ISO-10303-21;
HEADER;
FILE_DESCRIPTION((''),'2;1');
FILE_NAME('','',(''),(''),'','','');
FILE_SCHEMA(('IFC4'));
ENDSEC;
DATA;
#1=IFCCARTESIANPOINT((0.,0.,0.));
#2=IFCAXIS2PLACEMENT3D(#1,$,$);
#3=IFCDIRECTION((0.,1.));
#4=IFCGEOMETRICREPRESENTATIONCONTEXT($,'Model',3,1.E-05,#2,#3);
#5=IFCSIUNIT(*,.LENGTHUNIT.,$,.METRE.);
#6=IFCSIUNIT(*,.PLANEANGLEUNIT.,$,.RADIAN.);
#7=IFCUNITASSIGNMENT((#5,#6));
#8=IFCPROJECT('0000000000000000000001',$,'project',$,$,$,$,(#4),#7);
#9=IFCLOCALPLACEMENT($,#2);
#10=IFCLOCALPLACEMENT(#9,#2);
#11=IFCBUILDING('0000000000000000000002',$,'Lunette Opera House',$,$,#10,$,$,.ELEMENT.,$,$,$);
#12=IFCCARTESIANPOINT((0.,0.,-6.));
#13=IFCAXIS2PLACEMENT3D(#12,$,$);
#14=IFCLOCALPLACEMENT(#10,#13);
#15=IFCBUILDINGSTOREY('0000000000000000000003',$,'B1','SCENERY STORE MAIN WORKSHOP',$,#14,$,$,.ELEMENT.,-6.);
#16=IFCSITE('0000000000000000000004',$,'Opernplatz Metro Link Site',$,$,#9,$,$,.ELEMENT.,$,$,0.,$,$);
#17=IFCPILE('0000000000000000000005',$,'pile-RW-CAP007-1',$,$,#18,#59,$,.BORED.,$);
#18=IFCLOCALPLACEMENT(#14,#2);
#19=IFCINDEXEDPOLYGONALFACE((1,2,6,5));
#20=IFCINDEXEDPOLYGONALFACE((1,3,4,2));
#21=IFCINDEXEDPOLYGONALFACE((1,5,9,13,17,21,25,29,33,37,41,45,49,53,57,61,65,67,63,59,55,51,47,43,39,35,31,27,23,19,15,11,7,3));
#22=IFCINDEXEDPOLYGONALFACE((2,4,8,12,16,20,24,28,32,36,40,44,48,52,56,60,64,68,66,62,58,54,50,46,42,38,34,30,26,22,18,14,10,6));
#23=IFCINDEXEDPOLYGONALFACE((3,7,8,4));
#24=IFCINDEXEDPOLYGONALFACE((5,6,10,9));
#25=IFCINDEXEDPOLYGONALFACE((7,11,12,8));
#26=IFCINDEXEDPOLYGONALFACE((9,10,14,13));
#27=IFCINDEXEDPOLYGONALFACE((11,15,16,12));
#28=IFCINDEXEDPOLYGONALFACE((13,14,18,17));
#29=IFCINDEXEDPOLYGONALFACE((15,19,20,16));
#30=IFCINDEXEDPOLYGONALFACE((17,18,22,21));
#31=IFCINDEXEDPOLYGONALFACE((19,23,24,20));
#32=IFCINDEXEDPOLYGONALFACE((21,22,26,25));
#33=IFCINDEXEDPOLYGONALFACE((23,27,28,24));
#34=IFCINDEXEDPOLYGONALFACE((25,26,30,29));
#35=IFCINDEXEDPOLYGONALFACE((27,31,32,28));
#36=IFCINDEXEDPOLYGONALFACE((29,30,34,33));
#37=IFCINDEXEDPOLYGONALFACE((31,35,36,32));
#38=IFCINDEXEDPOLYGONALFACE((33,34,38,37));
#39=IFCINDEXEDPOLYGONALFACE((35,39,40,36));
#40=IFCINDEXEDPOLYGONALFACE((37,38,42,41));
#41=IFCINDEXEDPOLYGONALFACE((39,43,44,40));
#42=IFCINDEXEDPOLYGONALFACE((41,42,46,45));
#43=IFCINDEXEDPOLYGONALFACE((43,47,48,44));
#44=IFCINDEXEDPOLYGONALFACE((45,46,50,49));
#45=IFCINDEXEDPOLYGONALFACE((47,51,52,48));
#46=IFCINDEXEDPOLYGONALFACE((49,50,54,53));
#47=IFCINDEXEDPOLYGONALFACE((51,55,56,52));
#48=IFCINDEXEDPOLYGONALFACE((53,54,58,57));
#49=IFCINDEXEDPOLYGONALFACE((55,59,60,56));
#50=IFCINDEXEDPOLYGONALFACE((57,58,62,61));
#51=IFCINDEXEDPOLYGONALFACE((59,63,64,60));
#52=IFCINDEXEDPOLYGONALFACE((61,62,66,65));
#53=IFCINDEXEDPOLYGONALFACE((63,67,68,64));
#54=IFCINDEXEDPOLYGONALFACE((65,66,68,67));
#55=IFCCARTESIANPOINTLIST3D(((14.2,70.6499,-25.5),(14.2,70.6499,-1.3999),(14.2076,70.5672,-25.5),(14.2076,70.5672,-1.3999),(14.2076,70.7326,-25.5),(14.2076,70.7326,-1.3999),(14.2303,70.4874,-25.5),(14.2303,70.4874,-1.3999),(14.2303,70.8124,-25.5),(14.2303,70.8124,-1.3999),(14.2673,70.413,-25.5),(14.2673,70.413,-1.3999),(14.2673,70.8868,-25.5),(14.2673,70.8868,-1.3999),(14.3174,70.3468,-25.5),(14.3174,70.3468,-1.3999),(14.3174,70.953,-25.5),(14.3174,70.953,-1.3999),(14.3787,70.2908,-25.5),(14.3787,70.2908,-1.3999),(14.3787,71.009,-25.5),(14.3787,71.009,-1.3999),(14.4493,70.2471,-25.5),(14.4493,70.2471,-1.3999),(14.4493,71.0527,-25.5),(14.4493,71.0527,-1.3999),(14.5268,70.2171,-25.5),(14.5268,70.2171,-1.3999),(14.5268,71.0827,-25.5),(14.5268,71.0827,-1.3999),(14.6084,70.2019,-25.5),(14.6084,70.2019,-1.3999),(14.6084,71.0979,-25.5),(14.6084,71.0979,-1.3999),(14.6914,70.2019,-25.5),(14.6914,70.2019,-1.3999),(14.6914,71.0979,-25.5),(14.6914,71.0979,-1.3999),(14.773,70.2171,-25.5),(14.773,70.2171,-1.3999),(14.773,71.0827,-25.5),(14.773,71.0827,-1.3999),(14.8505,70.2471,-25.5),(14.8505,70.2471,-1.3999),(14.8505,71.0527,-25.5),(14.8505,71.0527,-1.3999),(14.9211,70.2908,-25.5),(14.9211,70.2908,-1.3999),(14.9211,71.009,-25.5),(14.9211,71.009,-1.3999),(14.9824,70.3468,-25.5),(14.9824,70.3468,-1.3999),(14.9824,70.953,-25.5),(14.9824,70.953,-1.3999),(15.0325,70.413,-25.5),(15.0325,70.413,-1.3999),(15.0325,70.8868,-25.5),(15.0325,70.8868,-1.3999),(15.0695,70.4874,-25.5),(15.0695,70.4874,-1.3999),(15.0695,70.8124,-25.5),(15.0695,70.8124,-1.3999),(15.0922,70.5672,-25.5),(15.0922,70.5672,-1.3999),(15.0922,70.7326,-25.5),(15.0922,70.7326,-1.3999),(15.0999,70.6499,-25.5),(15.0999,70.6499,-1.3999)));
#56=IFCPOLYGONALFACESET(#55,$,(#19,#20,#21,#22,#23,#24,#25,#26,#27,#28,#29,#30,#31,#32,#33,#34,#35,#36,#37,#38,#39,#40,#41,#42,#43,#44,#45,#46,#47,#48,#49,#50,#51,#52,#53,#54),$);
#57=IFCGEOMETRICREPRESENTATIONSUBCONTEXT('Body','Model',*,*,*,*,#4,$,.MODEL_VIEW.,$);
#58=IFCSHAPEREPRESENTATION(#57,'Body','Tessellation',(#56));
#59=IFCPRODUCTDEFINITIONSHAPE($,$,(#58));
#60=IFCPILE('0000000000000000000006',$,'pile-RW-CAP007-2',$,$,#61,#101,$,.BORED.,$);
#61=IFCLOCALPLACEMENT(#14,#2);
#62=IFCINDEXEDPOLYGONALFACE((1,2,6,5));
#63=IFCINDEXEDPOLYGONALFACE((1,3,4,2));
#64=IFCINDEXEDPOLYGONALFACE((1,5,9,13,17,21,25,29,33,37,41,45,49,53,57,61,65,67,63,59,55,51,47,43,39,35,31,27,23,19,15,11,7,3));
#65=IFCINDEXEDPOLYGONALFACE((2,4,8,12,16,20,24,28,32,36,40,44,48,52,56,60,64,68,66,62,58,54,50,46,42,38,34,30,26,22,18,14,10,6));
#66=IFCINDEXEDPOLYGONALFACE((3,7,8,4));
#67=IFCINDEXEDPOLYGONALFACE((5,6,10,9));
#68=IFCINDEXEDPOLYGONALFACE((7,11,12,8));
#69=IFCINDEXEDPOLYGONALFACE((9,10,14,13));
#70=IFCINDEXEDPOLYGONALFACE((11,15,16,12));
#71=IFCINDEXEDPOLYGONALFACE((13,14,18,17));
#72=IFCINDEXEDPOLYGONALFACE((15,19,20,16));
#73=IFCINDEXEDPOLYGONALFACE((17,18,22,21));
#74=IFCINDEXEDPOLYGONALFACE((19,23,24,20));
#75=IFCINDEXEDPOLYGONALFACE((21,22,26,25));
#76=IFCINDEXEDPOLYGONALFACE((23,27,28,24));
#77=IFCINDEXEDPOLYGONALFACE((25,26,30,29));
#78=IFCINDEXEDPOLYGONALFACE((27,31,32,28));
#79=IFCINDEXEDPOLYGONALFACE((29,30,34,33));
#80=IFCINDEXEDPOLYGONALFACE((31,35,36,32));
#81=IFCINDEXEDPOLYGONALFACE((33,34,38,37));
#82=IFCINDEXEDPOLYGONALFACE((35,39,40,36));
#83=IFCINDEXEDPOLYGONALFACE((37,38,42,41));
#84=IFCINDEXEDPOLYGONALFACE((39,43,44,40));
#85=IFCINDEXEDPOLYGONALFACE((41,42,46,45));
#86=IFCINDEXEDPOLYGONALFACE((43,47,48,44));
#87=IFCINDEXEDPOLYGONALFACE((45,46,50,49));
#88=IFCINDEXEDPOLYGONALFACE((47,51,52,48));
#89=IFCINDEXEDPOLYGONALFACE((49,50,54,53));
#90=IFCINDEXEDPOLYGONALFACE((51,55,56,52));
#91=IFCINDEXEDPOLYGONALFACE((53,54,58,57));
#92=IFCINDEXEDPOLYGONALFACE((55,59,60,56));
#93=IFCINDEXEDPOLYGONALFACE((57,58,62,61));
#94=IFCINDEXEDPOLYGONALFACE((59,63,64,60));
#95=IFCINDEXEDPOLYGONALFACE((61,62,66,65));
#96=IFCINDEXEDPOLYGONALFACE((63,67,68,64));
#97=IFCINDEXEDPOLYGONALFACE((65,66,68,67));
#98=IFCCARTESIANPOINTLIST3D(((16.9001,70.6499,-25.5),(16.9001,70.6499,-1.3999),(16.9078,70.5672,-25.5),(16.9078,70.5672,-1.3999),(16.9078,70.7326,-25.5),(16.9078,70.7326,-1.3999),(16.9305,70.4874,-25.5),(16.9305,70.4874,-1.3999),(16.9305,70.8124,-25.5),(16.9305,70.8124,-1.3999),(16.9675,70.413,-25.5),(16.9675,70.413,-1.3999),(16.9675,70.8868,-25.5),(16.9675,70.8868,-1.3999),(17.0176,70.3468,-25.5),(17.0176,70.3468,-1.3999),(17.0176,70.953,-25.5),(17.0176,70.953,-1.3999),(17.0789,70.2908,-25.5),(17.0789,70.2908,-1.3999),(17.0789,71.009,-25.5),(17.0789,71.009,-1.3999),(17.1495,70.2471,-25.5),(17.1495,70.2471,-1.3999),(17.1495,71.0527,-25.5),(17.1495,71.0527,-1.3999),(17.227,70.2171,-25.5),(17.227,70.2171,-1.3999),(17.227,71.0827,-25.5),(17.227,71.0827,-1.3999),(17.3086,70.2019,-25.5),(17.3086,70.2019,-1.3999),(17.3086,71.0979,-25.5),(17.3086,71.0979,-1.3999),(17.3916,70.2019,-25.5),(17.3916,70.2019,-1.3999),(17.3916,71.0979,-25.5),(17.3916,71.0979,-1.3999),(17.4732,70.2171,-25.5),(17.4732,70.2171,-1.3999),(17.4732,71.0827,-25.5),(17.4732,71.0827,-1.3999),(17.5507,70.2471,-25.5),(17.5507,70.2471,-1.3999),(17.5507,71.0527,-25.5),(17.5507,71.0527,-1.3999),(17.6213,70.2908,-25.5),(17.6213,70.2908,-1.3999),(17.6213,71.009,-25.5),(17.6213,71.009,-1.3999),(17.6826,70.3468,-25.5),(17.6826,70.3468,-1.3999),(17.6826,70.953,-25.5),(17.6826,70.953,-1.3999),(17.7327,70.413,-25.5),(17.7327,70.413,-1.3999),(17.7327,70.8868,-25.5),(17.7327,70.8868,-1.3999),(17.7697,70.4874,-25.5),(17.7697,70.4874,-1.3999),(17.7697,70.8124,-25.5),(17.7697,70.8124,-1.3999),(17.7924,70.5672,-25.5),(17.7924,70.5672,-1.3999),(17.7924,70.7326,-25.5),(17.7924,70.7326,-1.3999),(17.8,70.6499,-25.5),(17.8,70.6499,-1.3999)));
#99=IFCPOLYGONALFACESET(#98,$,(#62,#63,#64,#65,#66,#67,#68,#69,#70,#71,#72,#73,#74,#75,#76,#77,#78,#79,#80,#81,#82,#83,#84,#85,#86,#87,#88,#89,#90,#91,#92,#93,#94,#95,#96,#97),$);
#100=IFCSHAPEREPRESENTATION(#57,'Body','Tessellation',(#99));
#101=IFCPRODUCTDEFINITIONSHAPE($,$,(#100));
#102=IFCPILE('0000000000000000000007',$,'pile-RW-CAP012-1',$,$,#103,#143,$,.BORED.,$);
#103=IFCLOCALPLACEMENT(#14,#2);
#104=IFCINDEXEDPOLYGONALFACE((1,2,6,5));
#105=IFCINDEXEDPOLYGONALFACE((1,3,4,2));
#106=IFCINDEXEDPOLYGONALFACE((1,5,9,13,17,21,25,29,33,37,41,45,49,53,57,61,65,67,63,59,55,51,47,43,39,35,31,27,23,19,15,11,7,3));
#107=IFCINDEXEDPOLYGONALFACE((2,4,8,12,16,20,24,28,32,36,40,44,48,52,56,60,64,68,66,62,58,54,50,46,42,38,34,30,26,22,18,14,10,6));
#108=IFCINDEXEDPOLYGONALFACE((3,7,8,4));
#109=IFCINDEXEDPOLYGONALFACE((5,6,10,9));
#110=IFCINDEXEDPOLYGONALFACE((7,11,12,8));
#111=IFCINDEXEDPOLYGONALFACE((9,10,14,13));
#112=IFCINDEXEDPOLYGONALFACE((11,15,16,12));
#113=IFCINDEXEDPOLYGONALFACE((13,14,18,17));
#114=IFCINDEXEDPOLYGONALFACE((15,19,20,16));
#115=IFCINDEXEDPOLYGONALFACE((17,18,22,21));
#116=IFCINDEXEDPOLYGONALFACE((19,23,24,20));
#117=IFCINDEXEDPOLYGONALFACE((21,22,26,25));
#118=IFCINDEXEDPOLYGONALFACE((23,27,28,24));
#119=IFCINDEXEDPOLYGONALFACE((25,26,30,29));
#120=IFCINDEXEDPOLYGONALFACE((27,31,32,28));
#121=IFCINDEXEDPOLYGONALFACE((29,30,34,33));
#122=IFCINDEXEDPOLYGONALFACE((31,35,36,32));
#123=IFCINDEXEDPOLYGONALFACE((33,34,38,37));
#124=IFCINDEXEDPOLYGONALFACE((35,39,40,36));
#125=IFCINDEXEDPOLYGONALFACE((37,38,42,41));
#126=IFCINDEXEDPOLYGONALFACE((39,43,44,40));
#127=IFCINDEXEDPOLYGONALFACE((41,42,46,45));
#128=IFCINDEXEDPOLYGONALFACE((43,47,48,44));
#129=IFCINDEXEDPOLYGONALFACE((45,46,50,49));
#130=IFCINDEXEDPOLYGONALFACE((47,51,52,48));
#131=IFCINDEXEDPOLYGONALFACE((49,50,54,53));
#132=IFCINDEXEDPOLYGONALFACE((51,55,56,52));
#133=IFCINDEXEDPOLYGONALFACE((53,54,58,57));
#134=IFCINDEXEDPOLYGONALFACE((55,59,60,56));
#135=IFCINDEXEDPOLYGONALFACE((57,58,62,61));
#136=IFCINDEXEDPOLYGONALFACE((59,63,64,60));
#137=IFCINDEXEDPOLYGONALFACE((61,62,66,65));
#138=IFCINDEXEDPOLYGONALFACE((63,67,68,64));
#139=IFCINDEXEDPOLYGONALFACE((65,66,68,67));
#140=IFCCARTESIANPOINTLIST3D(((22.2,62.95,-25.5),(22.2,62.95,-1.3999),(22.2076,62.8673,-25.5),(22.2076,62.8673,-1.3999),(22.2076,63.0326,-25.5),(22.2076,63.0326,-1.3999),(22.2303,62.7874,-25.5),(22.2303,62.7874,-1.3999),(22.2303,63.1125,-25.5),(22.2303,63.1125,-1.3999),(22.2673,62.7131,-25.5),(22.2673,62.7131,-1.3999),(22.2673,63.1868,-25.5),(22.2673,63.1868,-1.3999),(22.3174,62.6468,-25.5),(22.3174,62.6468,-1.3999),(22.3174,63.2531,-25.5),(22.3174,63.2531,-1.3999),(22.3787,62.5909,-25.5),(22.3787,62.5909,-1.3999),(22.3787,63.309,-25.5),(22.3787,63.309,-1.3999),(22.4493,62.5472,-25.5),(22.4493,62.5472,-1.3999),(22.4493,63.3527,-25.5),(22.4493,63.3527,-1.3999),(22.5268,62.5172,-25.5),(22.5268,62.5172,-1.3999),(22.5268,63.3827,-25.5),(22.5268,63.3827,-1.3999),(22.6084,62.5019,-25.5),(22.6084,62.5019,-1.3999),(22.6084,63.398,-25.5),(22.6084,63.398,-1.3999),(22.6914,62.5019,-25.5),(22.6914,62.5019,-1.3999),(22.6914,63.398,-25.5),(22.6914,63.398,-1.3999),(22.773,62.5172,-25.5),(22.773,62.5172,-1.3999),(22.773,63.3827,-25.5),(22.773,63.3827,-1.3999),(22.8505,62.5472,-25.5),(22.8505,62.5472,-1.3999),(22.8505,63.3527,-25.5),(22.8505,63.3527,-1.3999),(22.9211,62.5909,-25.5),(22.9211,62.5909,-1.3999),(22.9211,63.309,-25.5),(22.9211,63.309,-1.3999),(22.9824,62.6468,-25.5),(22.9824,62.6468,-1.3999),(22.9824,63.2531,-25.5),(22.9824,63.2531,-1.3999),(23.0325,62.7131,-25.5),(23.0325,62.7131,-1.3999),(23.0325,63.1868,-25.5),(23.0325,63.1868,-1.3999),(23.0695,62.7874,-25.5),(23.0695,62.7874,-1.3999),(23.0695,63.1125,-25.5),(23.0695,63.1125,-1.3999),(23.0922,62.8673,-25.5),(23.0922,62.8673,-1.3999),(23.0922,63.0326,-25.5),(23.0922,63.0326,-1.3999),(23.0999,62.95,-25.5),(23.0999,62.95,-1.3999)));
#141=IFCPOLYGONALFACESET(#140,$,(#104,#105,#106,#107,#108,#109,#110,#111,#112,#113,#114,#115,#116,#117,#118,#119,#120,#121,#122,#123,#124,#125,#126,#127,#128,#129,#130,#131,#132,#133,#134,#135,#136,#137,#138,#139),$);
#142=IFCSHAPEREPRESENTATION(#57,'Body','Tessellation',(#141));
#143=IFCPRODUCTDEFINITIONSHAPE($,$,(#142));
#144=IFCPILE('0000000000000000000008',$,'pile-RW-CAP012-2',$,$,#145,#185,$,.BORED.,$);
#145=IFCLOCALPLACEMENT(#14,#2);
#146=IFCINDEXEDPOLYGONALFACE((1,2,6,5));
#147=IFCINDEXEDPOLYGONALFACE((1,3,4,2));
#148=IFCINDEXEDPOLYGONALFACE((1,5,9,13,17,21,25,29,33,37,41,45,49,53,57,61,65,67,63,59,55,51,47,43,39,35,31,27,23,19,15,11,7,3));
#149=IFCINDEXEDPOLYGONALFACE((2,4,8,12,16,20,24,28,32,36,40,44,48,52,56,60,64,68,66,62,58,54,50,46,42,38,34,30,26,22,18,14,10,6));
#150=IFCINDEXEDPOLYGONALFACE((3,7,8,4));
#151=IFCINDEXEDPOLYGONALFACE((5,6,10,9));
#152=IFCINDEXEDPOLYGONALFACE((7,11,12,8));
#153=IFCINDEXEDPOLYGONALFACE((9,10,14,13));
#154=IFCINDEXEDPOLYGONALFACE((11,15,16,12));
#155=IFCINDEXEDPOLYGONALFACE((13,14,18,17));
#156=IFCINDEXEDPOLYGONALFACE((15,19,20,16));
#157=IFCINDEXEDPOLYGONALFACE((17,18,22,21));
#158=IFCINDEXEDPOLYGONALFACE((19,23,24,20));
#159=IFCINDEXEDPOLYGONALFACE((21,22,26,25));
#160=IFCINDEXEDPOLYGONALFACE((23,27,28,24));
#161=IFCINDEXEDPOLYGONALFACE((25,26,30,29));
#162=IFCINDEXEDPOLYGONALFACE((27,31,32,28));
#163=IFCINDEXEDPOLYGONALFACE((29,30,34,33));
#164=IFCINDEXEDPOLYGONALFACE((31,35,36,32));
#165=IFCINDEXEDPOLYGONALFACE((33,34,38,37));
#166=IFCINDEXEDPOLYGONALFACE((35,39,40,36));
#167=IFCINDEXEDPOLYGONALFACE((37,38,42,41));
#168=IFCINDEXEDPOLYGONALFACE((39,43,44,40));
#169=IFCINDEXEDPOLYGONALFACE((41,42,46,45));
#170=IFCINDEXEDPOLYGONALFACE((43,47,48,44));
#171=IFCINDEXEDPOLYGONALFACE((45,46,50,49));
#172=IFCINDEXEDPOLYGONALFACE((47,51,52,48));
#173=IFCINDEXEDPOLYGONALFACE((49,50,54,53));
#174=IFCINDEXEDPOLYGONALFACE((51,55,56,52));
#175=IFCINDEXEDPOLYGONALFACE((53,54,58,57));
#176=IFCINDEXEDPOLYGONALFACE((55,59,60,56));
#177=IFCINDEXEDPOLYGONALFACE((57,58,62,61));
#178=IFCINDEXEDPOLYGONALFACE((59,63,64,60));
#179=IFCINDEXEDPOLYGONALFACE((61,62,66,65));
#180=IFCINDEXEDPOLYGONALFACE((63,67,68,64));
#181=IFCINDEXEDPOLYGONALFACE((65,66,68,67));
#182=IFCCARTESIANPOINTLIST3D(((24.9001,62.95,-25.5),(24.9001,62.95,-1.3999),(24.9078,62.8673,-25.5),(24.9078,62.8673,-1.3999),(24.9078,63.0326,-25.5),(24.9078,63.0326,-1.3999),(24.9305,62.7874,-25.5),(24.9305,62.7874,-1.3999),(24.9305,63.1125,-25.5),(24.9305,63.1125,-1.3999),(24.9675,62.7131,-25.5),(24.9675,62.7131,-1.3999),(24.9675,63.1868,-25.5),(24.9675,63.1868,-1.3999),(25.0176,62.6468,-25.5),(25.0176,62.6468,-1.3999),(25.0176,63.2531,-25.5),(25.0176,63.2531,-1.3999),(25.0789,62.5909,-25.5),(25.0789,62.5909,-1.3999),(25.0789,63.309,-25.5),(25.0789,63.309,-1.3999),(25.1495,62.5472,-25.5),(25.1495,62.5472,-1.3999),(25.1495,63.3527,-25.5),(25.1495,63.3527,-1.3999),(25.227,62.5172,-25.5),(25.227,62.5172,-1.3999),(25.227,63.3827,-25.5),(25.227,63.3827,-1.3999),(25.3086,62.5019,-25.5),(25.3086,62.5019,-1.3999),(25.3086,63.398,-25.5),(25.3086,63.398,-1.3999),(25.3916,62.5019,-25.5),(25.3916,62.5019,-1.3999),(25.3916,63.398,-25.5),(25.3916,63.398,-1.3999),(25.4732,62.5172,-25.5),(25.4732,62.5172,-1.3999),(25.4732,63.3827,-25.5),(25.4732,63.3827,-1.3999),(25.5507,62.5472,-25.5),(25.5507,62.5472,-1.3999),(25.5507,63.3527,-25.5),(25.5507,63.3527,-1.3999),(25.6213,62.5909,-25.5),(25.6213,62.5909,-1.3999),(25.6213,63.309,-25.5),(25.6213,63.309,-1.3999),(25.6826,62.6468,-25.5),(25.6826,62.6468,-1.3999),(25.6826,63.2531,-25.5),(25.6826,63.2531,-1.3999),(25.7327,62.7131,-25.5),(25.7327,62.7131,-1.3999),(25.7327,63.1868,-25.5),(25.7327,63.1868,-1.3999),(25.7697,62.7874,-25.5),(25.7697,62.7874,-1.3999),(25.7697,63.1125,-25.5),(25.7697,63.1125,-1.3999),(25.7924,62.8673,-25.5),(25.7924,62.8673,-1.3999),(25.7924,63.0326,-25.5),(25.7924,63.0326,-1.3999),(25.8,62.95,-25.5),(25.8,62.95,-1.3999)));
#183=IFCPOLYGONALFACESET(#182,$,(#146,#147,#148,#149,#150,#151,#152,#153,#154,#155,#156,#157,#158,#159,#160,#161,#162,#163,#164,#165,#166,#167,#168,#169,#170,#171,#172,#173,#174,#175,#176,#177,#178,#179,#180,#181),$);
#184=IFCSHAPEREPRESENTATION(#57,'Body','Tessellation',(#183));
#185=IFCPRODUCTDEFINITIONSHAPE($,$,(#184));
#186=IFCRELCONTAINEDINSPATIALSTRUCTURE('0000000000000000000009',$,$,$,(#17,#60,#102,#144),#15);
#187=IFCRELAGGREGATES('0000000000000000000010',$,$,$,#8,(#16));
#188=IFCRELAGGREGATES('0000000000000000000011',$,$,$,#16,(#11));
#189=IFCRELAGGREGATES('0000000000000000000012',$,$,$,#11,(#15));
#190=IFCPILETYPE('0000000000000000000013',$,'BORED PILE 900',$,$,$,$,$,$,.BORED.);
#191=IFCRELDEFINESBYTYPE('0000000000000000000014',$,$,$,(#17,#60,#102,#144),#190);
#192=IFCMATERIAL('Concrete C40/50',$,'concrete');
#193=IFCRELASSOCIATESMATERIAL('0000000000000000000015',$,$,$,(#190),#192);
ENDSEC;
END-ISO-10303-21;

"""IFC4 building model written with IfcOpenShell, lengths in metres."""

from ifc_helpers import new_model, si_unit, direction, frame, origin, origin_2d, place, context, subcontext, project, spatial, circle, extrude, material, material_profile, profile_set, type_object, element, save


model = new_model("IFC4")

# Units and contexts
model_context = context("Model", 3, precision=1e-05, world=origin(), true_north=direction((0.0, 1.0)))
body_context = subcontext(model_context, "Body", "Model", "MODEL_VIEW")
ifc_project = project(units=[si_unit("LENGTHUNIT", "METRE"), si_unit("PLANEANGLEUNIT", "RADIAN")], contexts=[model_context])

# Site, building, storey
site_placement = place(None, origin())
site = spatial("IfcSite", under=ifc_project, at=site_placement, Name="Opernplatz Metro Link Site", CompositionType="ELEMENT", RefElevation=0.0)
building_placement = place(site_placement, origin())
building = spatial("IfcBuilding", under=site, at=building_placement, Name="Lunette Opera House", CompositionType="ELEMENT")
storey_placement = place(building_placement, frame((0.0, 0.0, -6.0)))
storey = spatial("IfcBuildingStorey", under=building, at=storey_placement, Name="B1", Description="SCENERY STORE MAIN WORKSHOP", CompositionType="ELEMENT", Elevation=-6.0)

# Piles
ifc_material_1 = material(Name="Concrete C40/50", Category="concrete")
ifc_material_profile_1 = material_profile(ifc_material_1, circle(Radius=0.45, at=origin_2d()), Name="BORED PILE 900")
ifc_profile_set_1 = profile_set([ifc_material_profile_1], Name="Concrete C40/50")
pile_type = type_object("IfcPileType", Name="BORED PILE 900", PredefinedType="BORED", material=ifc_profile_set_1)
for number, where, z_axis, x_axis, name in (
    (1, (14.6499, 70.6499, -1.3999), (0.0, 0.0, -1.0), (1.0, 0.0, 0.0), "pile-RW-CAP007-1"),
    (2, (17.3501, 70.6499, -1.3999), (0.0, 0.0, -1.0), (1.0, 0.0, 0.0), "pile-RW-CAP007-2"),
    (3, (22.6499, 62.95, -1.3999), (0.0, 0.0, -1.0), (1.0, 0.0, 0.0), "pile-RW-CAP012-1"),
    (4, (25.3501, 62.95, -1.3999), (0.0, 0.0, -1.0), (1.0, 0.0, 0.0), "pile-RW-CAP012-2"),
):
    element("IfcPile", number, at=place(storey_placement, frame(where, z_axis=z_axis, x_axis=x_axis)), inside=storey, type_object=pile_type, Name=name, PredefinedType="BORED", context=body_context, shape_type="SweptSolid", body=[
        extrude(circle(Radius=0.45, at=origin_2d()), origin(), (0.0, 0.0, 1.0), 24.1001),
    ])

save(model, "model.ifc")
